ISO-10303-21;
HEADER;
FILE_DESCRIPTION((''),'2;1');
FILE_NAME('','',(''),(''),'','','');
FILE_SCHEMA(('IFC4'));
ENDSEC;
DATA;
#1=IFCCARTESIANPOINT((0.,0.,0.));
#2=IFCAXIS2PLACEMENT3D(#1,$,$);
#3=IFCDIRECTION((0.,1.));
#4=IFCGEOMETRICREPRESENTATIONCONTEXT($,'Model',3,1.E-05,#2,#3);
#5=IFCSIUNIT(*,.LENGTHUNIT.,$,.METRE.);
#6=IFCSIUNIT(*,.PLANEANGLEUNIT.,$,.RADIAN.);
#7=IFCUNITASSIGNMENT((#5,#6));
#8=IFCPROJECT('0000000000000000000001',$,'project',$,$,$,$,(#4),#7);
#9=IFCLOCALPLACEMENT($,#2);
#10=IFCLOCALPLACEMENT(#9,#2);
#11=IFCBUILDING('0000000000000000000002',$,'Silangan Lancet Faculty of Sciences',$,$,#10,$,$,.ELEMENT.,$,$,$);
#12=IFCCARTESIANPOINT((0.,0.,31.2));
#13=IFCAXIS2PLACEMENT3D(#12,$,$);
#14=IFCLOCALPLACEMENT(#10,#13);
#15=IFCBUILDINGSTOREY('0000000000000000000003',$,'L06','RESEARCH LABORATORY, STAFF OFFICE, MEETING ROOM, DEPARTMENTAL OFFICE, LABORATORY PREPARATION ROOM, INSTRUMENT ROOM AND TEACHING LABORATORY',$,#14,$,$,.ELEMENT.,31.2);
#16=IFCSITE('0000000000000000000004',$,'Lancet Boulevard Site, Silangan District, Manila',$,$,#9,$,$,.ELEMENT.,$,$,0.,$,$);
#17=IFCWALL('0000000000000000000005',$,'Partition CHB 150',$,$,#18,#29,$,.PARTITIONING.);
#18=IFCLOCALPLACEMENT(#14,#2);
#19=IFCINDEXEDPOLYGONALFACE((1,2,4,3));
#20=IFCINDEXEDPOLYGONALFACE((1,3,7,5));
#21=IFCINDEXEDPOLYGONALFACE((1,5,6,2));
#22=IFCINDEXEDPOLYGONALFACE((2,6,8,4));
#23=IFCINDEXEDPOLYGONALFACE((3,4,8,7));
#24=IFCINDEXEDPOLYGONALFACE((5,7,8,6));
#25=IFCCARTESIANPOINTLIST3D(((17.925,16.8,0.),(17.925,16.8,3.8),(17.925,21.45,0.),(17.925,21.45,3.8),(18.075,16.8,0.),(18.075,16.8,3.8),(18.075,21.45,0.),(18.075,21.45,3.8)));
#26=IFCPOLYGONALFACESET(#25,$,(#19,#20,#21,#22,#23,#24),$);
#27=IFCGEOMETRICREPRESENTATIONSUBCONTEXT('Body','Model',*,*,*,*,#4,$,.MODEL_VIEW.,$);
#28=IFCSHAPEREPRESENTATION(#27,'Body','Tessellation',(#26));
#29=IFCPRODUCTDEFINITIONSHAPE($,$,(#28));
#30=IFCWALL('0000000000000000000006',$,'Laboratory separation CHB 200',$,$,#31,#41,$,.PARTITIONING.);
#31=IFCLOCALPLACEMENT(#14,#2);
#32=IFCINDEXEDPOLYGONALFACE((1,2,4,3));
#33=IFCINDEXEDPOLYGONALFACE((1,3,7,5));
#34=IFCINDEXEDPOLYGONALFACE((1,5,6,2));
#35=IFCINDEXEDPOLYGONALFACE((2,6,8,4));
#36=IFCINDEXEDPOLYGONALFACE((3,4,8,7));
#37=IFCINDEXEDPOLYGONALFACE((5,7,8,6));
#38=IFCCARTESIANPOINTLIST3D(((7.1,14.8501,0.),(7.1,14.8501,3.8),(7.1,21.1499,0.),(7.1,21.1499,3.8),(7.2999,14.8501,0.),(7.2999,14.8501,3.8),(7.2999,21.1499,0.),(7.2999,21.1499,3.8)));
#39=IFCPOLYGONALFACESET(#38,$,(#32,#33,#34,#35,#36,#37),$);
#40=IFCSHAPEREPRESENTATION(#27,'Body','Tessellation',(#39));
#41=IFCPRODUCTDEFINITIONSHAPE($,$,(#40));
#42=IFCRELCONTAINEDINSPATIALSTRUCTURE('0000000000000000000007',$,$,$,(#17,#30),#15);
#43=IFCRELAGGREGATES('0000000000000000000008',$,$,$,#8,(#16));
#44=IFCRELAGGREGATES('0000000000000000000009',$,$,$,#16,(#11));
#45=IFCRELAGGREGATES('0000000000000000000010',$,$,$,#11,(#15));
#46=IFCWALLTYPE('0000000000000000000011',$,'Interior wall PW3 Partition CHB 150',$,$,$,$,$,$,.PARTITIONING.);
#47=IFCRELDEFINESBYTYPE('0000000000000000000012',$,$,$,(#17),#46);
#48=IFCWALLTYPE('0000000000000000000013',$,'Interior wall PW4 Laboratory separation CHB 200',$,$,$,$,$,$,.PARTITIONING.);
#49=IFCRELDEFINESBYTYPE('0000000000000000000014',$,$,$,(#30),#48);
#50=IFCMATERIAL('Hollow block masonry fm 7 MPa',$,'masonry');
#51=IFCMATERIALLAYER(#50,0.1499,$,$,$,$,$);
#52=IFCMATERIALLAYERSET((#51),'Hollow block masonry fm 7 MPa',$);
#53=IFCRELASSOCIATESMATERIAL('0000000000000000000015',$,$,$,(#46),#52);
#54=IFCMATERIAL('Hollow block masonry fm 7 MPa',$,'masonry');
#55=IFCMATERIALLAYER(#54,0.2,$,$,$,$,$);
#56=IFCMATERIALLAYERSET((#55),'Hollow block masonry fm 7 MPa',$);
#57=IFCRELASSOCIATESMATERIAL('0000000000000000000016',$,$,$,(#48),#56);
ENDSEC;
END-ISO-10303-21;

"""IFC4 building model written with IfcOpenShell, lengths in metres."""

from ifc_helpers import new_model, si_unit, direction, frame, frame_2d, origin, place, context, subcontext, project, spatial, rectangle, extrude, material, layer, layer_set, type_object, element, save


model = new_model("IFC4")

# Units and contexts
model_context = context("Model", 3, precision=1e-05, world=origin(), true_north=direction((0.0, 1.0)))
body_context = subcontext(model_context, "Body", "Model", "MODEL_VIEW")
ifc_project = project(units=[si_unit("LENGTHUNIT", "METRE"), si_unit("PLANEANGLEUNIT", "RADIAN")], contexts=[model_context])

# Site, building, storey
site_placement = place(None, origin())
site = spatial("IfcSite", under=ifc_project, at=site_placement, Name="Lancet Boulevard Site, Silangan District, Manila", CompositionType="ELEMENT", RefElevation=0.0)
building_placement = place(site_placement, origin())
building = spatial("IfcBuilding", under=site, at=building_placement, Name="Silangan Lancet Faculty of Sciences", CompositionType="ELEMENT")
storey_placement = place(building_placement, frame((0.0, 0.0, 31.2)))
storey = spatial("IfcBuildingStorey", under=building, at=storey_placement, Name="L06", Description="RESEARCH LABORATORY, STAFF OFFICE, MEETING ROOM, DEPARTMENTAL OFFICE, LABORATORY PREPARATION ROOM, INSTRUMENT ROOM AND TEACHING LABORATORY", CompositionType="ELEMENT", Elevation=31.2)

# Walls
ifc_material_1 = material(Name="Hollow block masonry fm 7 MPa", Category="masonry")
ifc_layer_1 = layer(ifc_material_1, 0.1499)
ifc_layer_set_1 = layer_set([ifc_layer_1], Name="Hollow block masonry fm 7 MPa")
wall_type_1 = type_object("IfcWallType", Name="Interior wall PW3 Partition CHB 150", PredefinedType="PARTITIONING", material=ifc_layer_set_1)
wall_1_placement = place(storey_placement, frame((18.0, 16.8, 0.0), z_axis=(0.0, 0.0, 1.0), x_axis=(0.0, 1.0, 0.0)))
element("IfcWall", 1, at=wall_1_placement, inside=storey, type_object=wall_type_1, Name="Partition CHB 150", PredefinedType="PARTITIONING", context=body_context, shape_type="SweptSolid", body=[
    extrude(rectangle(XDim=4.6499, YDim=0.1499, at=frame_2d((2.325, 0.0))), origin(), (0.0, 0.0, 1.0), 3.8),
])
ifc_material_2 = material(Name="Hollow block masonry fm 7 MPa", Category="masonry")
ifc_layer_2 = layer(ifc_material_2, 0.2)
ifc_layer_set_2 = layer_set([ifc_layer_2], Name="Hollow block masonry fm 7 MPa")
wall_type_2 = type_object("IfcWallType", Name="Interior wall PW4 Laboratory separation CHB 200", PredefinedType="PARTITIONING", material=ifc_layer_set_2)
wall_2_placement = place(storey_placement, frame((7.2, 14.8501, 0.0), z_axis=(0.0, 0.0, 1.0), x_axis=(0.0, 1.0, 0.0)))
element("IfcWall", 2, at=wall_2_placement, inside=storey, type_object=wall_type_2, Name="Laboratory separation CHB 200", PredefinedType="PARTITIONING", context=body_context, shape_type="SweptSolid", body=[
    extrude(rectangle(XDim=6.2998, YDim=0.2, at=frame_2d((3.1499, 0.0))), origin(), (0.0, 0.0, 1.0), 3.8),
])

save(model, "model.ifc")
